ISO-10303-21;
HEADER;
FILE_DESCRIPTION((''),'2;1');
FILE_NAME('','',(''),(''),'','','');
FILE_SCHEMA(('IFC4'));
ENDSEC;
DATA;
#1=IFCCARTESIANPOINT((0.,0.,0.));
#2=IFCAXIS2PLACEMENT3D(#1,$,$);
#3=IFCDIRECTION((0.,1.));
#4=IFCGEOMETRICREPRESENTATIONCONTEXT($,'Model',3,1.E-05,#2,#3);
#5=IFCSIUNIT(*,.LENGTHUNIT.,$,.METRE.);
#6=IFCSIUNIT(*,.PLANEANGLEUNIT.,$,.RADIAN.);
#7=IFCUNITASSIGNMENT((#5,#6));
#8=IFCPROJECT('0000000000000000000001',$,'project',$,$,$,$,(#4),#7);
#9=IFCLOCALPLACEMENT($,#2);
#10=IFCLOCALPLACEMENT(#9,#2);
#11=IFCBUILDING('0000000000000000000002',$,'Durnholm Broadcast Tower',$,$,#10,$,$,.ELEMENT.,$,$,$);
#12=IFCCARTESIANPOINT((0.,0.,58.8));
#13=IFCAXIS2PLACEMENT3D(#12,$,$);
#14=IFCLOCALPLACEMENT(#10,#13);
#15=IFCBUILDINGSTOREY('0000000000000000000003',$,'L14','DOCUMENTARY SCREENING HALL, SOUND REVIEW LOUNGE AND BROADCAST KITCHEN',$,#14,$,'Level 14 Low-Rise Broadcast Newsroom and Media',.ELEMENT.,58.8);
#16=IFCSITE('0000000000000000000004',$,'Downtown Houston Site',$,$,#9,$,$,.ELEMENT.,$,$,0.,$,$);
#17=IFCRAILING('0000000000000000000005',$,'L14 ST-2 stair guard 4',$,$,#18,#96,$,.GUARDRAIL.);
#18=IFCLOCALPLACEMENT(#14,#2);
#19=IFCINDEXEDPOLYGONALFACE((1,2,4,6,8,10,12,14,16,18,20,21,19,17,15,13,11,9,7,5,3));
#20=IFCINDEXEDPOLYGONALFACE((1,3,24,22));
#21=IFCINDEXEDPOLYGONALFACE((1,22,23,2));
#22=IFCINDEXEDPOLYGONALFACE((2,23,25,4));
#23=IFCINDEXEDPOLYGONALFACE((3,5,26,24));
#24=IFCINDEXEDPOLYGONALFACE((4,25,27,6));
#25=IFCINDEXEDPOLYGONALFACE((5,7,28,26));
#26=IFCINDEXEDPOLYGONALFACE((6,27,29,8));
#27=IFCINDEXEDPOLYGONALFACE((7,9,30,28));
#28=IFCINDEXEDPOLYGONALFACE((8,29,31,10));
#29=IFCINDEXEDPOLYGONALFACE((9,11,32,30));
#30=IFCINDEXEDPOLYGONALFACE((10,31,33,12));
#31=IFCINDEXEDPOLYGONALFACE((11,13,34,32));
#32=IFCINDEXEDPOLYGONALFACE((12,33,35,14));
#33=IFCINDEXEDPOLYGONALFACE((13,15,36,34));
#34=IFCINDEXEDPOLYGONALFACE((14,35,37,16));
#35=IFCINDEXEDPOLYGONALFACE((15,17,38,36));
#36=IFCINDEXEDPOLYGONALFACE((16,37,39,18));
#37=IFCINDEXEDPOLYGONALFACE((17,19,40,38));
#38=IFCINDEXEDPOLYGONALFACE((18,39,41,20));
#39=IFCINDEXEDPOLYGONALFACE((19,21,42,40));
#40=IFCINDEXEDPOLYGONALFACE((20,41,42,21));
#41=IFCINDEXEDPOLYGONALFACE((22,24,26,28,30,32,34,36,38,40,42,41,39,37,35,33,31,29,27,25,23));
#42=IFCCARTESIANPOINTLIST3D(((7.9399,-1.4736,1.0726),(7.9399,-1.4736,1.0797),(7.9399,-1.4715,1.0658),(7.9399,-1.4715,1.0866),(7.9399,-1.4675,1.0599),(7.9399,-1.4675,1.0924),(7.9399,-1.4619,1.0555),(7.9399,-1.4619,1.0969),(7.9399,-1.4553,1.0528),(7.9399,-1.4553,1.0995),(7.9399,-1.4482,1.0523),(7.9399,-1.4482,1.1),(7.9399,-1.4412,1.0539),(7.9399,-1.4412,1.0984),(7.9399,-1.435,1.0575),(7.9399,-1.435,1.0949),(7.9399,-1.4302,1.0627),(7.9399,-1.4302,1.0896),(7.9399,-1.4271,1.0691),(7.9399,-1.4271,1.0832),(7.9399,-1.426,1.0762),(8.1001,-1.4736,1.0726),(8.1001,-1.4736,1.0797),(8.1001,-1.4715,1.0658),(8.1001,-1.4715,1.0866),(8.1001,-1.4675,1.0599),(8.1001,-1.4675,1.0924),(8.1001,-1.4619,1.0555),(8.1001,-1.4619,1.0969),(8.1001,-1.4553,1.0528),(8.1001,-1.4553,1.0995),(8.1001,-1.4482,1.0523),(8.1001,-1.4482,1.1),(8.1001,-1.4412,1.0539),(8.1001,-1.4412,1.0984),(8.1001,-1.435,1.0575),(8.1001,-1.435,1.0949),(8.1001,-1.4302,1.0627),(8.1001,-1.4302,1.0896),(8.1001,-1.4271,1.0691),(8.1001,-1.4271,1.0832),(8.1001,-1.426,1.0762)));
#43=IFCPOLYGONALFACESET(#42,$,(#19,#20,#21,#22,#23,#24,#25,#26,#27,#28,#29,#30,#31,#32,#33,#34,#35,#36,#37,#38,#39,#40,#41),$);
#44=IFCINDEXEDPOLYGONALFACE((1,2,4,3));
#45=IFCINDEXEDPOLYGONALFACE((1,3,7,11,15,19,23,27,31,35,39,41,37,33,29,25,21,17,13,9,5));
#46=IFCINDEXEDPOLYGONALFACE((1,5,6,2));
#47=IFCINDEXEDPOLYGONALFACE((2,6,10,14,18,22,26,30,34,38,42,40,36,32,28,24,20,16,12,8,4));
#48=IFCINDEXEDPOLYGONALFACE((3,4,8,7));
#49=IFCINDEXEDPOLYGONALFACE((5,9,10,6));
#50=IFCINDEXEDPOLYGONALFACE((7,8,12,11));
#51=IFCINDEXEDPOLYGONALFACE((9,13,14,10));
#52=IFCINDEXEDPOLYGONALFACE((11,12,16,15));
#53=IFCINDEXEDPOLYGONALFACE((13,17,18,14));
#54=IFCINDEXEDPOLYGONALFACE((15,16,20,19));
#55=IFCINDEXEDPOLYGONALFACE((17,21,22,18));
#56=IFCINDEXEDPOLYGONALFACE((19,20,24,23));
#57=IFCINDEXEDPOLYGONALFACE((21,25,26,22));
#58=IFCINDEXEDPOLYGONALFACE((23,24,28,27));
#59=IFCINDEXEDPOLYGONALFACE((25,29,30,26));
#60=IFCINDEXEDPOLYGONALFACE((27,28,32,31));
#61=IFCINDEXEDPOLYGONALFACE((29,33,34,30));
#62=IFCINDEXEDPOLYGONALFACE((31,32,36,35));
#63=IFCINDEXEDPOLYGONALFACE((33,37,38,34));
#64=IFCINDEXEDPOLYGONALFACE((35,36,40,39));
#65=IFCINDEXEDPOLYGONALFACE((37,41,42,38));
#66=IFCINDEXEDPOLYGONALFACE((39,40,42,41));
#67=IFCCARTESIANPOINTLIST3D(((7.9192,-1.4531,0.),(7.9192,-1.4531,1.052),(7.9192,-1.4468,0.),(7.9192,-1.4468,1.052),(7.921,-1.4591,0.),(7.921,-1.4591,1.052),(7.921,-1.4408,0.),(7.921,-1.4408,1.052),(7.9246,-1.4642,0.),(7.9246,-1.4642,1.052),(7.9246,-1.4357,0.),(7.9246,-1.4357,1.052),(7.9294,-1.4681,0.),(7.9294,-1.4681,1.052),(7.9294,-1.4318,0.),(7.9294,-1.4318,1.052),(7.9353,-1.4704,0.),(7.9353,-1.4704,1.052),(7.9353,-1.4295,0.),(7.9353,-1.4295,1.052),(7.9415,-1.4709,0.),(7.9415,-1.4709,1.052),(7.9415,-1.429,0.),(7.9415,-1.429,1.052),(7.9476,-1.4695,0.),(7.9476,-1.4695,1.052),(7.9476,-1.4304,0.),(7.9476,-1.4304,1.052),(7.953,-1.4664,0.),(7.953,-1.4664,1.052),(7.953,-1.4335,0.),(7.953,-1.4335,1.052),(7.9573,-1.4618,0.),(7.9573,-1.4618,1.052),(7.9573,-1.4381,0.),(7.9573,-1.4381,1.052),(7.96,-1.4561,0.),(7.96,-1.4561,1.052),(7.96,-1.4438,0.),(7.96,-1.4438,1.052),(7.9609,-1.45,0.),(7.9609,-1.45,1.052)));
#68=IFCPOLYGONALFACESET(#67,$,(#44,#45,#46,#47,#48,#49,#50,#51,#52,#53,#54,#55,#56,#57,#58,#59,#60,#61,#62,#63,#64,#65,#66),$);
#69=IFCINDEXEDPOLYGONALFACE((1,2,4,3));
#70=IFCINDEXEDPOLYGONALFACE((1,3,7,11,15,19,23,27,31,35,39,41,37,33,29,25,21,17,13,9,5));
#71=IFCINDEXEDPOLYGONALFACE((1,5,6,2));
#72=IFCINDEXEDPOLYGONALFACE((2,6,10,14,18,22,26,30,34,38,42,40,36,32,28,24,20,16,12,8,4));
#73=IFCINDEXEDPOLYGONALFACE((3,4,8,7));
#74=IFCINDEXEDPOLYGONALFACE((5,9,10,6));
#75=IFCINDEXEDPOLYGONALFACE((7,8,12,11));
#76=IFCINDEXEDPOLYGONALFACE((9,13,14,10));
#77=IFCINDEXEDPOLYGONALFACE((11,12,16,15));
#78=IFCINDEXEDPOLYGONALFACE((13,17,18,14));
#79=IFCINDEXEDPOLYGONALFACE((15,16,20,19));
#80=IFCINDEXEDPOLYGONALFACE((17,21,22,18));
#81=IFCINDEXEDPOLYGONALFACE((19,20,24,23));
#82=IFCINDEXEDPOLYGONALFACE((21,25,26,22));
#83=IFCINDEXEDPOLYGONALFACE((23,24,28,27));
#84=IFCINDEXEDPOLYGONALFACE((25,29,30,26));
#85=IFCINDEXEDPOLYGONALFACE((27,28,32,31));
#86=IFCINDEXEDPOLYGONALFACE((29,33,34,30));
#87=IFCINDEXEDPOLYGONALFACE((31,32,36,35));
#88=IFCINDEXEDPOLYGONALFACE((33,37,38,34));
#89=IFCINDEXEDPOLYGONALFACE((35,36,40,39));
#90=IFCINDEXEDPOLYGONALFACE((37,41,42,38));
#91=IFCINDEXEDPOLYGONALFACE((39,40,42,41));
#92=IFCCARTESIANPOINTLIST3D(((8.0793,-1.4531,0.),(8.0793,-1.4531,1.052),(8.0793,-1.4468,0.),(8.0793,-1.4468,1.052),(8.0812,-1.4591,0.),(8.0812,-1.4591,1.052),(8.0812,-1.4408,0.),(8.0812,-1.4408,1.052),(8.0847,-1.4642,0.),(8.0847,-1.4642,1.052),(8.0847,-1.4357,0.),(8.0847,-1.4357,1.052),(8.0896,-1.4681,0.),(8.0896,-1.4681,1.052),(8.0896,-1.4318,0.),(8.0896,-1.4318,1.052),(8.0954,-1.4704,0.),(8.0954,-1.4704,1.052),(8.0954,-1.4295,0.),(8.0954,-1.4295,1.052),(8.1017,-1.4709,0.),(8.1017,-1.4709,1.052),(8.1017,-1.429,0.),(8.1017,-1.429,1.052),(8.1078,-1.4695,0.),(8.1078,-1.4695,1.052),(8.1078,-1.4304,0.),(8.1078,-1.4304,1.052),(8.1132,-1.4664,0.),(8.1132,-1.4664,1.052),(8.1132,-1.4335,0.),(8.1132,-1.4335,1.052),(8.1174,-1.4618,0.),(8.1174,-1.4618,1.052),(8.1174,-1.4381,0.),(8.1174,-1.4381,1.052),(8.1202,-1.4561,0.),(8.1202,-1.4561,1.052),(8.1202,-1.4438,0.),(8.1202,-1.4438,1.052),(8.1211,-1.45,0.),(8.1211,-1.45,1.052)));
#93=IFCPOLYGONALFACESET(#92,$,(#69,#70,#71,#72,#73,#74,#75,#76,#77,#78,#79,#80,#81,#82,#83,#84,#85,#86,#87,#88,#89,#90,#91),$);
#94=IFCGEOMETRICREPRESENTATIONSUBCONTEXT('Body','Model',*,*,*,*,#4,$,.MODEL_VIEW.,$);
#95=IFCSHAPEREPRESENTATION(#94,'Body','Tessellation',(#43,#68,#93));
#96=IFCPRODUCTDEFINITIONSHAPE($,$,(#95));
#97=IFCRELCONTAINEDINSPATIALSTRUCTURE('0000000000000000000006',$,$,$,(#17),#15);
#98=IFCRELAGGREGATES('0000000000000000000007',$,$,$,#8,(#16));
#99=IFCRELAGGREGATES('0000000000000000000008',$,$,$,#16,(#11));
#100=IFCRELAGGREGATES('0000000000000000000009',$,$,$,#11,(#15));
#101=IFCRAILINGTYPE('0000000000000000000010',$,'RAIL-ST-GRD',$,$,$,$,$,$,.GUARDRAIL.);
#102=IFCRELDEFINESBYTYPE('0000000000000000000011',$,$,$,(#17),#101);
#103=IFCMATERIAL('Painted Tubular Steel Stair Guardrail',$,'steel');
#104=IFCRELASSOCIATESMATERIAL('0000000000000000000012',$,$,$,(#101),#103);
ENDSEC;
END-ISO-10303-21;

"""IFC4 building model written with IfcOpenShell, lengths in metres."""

from ifc_helpers import new_model, si_unit, direction, frame, origin, origin_2d, place, context, subcontext, project, spatial, circle, extrude, material, type_object, element, save


model = new_model("IFC4")

# Units and contexts
model_context = context("Model", 3, precision=1e-05, world=origin(), true_north=direction((0.0, 1.0)))
body_context = subcontext(model_context, "Body", "Model", "MODEL_VIEW")
ifc_project = project(units=[si_unit("LENGTHUNIT", "METRE"), si_unit("PLANEANGLEUNIT", "RADIAN")], contexts=[model_context])

# Site, building, storey
site_placement = place(None, origin())
site = spatial("IfcSite", under=ifc_project, at=site_placement, Name="Downtown Houston Site", CompositionType="ELEMENT", RefElevation=0.0)
building_placement = place(site_placement, origin())
building = spatial("IfcBuilding", under=site, at=building_placement, Name="Durnholm Broadcast Tower", CompositionType="ELEMENT")
storey_placement = place(building_placement, frame((0.0, 0.0, 58.8)))
storey = spatial("IfcBuildingStorey", under=building, at=storey_placement, Name="L14", Description="DOCUMENTARY SCREENING HALL, SOUND REVIEW LOUNGE AND BROADCAST KITCHEN", LongName="Level 14 Low-Rise Broadcast Newsroom and Media", CompositionType="ELEMENT", Elevation=58.8)

# Railing
ifc_material_1 = material(Name="Painted Tubular Steel Stair Guardrail", Category="steel")
railing_type_1 = type_object("IfcRailingType", Name="RAIL-ST-GRD", PredefinedType="GUARDRAIL", material=ifc_material_1)
railing_1_placement = place(storey_placement, frame((7.9399, -1.45, 0.0)))
element("IfcRailing", 1, at=railing_1_placement, inside=storey, type_object=railing_type_1, Name="L14 ST-2 stair guard 4", PredefinedType="GUARDRAIL", context=body_context, shape_type="SweptSolid", body=[
    extrude(circle(Radius=0.0239, at=origin_2d()), frame((0.0, 0.0, 1.0762), z_axis=(1.0, 0.0, 0.0), x_axis=(0.0, 1.0, 0.0)), (0.0, 0.0, 1.0), 0.1602),
    extrude(circle(Radius=0.021, at=origin_2d()), origin(), (0.0, 0.0, 1.0), 1.052),
    extrude(circle(Radius=0.021, at=origin_2d()), frame((0.1602, 0.0, 0.0)), (0.0, 0.0, 1.0), 1.052),
])

save(model, "model.ifc")
